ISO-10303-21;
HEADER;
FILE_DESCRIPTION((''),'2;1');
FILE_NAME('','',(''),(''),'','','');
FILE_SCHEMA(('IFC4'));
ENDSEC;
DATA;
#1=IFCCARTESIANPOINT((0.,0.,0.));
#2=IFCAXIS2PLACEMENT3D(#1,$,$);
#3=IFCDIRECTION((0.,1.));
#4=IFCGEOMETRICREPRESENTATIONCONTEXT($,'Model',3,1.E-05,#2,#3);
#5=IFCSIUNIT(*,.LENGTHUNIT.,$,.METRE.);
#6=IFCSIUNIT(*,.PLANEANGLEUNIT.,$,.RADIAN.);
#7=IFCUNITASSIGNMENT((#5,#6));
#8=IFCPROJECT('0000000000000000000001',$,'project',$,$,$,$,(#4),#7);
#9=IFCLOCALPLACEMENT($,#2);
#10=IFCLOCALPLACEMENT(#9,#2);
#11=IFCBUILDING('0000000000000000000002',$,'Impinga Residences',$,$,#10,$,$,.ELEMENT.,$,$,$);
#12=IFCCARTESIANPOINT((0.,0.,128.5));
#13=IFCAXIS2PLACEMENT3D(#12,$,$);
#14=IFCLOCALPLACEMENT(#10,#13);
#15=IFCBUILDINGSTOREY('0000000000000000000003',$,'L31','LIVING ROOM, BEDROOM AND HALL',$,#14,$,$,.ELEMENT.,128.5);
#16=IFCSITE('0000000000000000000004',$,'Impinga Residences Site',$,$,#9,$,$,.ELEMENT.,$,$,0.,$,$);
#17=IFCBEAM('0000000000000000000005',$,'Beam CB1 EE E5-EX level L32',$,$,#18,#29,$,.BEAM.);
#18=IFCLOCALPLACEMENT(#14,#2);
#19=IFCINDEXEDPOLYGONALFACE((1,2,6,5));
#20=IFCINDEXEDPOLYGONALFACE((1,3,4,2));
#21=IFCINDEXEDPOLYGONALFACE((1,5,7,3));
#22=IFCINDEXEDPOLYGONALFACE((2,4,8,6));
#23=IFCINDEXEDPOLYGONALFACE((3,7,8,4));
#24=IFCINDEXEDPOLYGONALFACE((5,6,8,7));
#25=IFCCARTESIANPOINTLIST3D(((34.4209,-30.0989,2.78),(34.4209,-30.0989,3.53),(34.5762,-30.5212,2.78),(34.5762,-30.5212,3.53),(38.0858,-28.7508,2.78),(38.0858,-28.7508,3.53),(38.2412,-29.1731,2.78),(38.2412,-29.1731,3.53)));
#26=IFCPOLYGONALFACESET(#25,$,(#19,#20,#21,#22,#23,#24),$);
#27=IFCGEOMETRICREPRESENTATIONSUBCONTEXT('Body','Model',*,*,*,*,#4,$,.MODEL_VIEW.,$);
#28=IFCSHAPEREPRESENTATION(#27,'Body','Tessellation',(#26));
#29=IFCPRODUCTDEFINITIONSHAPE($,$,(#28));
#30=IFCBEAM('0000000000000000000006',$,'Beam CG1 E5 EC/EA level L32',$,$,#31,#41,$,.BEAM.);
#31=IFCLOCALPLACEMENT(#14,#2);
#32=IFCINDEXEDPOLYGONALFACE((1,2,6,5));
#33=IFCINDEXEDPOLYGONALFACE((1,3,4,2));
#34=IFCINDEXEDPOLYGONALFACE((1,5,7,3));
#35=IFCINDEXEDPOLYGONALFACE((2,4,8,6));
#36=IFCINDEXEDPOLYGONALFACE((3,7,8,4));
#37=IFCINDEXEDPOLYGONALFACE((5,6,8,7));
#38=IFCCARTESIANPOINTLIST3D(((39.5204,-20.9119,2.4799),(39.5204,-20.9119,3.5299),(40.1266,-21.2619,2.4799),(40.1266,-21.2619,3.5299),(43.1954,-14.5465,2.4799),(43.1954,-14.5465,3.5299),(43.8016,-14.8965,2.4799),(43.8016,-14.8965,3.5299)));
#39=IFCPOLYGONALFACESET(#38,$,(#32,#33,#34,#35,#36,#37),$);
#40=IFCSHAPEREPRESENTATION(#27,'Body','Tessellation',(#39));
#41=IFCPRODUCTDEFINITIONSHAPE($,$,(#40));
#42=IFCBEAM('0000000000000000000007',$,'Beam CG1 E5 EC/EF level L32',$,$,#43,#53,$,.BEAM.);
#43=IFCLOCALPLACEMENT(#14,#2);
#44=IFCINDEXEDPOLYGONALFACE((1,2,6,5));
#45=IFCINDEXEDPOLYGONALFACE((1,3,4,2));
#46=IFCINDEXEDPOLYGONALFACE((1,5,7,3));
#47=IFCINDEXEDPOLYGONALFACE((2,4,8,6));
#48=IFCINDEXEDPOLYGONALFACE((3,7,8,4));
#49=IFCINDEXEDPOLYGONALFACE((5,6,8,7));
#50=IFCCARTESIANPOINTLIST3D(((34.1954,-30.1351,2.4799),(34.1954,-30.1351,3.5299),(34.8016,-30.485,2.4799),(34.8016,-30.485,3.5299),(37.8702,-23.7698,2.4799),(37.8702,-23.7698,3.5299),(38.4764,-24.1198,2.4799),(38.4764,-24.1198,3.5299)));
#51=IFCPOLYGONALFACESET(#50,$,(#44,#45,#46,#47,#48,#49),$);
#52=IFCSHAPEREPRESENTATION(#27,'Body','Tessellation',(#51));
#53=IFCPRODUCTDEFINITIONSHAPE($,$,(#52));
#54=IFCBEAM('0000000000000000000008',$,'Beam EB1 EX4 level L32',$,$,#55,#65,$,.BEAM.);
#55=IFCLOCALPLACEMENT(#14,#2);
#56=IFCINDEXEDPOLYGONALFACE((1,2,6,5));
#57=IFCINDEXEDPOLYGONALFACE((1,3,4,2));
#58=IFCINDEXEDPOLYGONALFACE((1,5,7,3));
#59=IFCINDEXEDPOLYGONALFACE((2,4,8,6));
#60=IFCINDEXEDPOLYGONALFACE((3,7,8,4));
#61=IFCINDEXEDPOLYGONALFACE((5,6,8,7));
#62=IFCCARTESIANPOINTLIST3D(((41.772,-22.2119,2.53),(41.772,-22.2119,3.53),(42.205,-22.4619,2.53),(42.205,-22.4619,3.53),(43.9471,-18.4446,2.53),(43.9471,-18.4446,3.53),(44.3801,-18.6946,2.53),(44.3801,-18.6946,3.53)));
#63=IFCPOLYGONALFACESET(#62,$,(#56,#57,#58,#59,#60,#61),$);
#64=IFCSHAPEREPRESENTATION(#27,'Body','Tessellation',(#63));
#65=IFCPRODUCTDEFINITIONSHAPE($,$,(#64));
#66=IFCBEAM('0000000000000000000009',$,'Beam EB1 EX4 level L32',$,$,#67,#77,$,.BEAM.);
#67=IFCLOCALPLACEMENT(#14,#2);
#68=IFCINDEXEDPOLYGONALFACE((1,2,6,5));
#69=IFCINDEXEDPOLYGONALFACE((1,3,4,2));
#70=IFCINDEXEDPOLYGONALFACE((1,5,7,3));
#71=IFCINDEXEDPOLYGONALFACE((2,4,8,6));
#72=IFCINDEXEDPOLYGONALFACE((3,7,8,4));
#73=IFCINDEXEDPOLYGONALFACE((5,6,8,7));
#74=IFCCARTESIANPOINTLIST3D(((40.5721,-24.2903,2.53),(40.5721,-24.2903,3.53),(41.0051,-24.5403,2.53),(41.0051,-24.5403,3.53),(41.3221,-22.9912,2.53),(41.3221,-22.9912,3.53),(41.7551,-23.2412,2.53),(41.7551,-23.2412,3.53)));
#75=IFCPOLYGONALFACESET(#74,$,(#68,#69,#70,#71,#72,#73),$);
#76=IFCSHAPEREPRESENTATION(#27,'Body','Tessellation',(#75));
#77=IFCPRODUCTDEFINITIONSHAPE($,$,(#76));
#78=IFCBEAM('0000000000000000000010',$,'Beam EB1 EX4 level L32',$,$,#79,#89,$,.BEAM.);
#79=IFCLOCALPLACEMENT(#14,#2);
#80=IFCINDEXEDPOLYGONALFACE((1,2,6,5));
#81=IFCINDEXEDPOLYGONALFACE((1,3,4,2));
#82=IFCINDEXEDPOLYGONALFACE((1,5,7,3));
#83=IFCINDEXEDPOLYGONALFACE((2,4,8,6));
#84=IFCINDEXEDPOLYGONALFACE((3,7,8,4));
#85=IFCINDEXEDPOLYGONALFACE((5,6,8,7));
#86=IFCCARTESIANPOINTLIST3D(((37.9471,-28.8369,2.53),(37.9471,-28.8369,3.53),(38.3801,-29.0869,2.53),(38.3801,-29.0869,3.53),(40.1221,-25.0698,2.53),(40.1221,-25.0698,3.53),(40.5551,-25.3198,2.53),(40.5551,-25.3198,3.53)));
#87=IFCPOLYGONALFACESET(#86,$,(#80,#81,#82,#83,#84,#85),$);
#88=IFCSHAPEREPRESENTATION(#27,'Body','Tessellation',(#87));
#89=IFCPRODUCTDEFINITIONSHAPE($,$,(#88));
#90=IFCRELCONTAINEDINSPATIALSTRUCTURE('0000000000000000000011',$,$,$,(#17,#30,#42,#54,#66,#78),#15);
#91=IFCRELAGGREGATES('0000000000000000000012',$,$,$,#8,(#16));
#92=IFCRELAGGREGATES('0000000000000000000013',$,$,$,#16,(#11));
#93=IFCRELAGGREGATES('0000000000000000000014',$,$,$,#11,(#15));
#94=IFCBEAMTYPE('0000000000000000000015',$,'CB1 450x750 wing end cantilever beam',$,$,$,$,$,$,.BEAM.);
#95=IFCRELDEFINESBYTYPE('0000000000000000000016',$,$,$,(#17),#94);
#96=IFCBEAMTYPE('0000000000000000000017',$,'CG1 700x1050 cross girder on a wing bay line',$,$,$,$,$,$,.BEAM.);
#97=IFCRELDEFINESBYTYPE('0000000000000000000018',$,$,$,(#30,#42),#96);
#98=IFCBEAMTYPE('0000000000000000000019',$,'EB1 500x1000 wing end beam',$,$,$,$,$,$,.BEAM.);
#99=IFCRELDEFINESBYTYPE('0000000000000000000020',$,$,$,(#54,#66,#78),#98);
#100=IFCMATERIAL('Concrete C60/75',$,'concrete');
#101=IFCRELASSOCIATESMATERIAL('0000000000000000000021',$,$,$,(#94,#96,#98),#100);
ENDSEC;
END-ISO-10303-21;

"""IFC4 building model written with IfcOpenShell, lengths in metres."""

from ifc_helpers import new_model, si_unit, direction, frame, origin, origin_2d, place, context, subcontext, project, spatial, rectangle, extrude, material, material_profile, profile_set, type_object, element, save


model = new_model("IFC4")

# Units and contexts
model_context = context("Model", 3, precision=1e-05, world=origin(), true_north=direction((0.0, 1.0)))
body_context = subcontext(model_context, "Body", "Model", "MODEL_VIEW")
ifc_project = project(units=[si_unit("LENGTHUNIT", "METRE"), si_unit("PLANEANGLEUNIT", "RADIAN")], contexts=[model_context])

# Site, building, storey
site_placement = place(None, origin())
site = spatial("IfcSite", under=ifc_project, at=site_placement, Name="Impinga Residences Site", CompositionType="ELEMENT", RefElevation=0.0)
building_placement = place(site_placement, origin())
building = spatial("IfcBuilding", under=site, at=building_placement, Name="Impinga Residences", CompositionType="ELEMENT")
storey_placement = place(building_placement, frame((0.0, 0.0, 128.5)))
storey = spatial("IfcBuildingStorey", under=building, at=storey_placement, Name="L31", Description="LIVING ROOM, BEDROOM AND HALL", CompositionType="ELEMENT", Elevation=128.5)

# Beams
ifc_material_1 = material(Name="Concrete C60/75", Category="concrete")
ifc_material_profile_1 = material_profile(ifc_material_1, rectangle(XDim=0.45, YDim=0.75, at=origin_2d()), Name="RC 450x750")
ifc_profile_set_1 = profile_set([ifc_material_profile_1], Name="Concrete C60/75")
beam_type_1 = type_object("IfcBeamType", Name="CB1 450x750 wing end cantilever beam", PredefinedType="BEAM", material=ifc_profile_set_1)
beam_1_placement = place(storey_placement, frame((34.4985, -30.3101, 3.155), z_axis=(0.93852, 0.345224, 0.0), x_axis=(-0.345224, 0.93852, 0.0)))
element("IfcBeam", 1, at=beam_1_placement, inside=storey, type_object=beam_type_1, Name="Beam CB1 EE E5-EX level L32", PredefinedType="BEAM", context=body_context, shape_type="SweptSolid", body=[
    extrude(rectangle(XDim=0.45, YDim=0.75, at=origin_2d()), origin(), (0.0, 0.0, 1.0), 3.905),
])
ifc_material_profile_2 = material_profile(ifc_material_1, rectangle(XDim=0.7, YDim=1.05, at=origin_2d()), Name="RC 700x1050")
ifc_profile_set_2 = profile_set([ifc_material_profile_2], Name="Concrete C60/75")
beam_type_2 = type_object("IfcBeamType", Name="CG1 700x1050 cross girder on a wing bay line", PredefinedType="BEAM", material=ifc_profile_set_2)
beam_2_placement = place(storey_placement, frame((39.8235, -21.0869, 3.0049), z_axis=(0.499994, 0.866029, 0.0), x_axis=(-0.866029, 0.499994, 0.0)))
element("IfcBeam", 2, at=beam_2_placement, inside=storey, type_object=beam_type_2, Name="Beam CG1 E5 EC/EA level L32", PredefinedType="BEAM", context=body_context, shape_type="SweptSolid", body=[
    extrude(rectangle(XDim=0.7, YDim=1.05, at=origin_2d()), origin(), (0.0, 0.0, 1.0), 7.3501),
])
beam_3_placement = place(storey_placement, frame((38.1733, -23.9448, 3.0049), z_axis=(-0.499983, -0.866035, 0.0), x_axis=(0.866035, -0.499983, 0.0)))
element("IfcBeam", 3, at=beam_3_placement, inside=storey, type_object=beam_type_2, Name="Beam CG1 E5 EC/EF level L32", PredefinedType="BEAM", context=body_context, shape_type="SweptSolid", body=[
    extrude(rectangle(XDim=0.7, YDim=1.05, at=origin_2d()), origin(), (0.0, 0.0, 1.0), 7.3499),
])
ifc_material_profile_3 = material_profile(ifc_material_1, rectangle(XDim=0.5, YDim=1.0, at=origin_2d()), Name="RC 500x1000")
ifc_profile_set_3 = profile_set([ifc_material_profile_3], Name="Concrete C60/75")
beam_type_3 = type_object("IfcBeamType", Name="EB1 500x1000 wing end beam", PredefinedType="BEAM", material=ifc_profile_set_3)
beam_4_placement = place(storey_placement, frame((44.1636, -18.5696, 3.03), z_axis=(-0.499996, -0.866028, 0.0), x_axis=(0.866028, -0.499996, 0.0)))
element("IfcBeam", 4, at=beam_4_placement, inside=storey, type_object=beam_type_3, Name="Beam EB1 EX4 level L32", PredefinedType="BEAM", context=body_context, shape_type="SweptSolid", body=[
    extrude(rectangle(XDim=0.5, YDim=1.0, at=origin_2d()), origin(), (0.0, 0.0, 1.0), 4.3501),
])
beam_5_placement = place(storey_placement, frame((41.5386, -23.1162, 3.03), z_axis=(-0.49999, -0.866031, 0.0), x_axis=(0.866031, -0.49999, 0.0)))
element("IfcBeam", 5, at=beam_5_placement, inside=storey, type_object=beam_type_3, Name="Beam EB1 EX4 level L32", PredefinedType="BEAM", context=body_context, shape_type="SweptSolid", body=[
    extrude(rectangle(XDim=0.5, YDim=1.0, at=origin_2d()), origin(), (0.0, 0.0, 1.0), 1.5),
])
beam_6_placement = place(storey_placement, frame((40.3386, -25.1948, 3.03), z_axis=(-0.50002, -0.866014, 0.0), x_axis=(0.866014, -0.50002, 0.0)))
element("IfcBeam", 6, at=beam_6_placement, inside=storey, type_object=beam_type_3, Name="Beam EB1 EX4 level L32", PredefinedType="BEAM", context=body_context, shape_type="SweptSolid", body=[
    extrude(rectangle(XDim=0.5, YDim=1.0, at=origin_2d()), origin(), (0.0, 0.0, 1.0), 4.3499),
])

save(model, "model.ifc")
